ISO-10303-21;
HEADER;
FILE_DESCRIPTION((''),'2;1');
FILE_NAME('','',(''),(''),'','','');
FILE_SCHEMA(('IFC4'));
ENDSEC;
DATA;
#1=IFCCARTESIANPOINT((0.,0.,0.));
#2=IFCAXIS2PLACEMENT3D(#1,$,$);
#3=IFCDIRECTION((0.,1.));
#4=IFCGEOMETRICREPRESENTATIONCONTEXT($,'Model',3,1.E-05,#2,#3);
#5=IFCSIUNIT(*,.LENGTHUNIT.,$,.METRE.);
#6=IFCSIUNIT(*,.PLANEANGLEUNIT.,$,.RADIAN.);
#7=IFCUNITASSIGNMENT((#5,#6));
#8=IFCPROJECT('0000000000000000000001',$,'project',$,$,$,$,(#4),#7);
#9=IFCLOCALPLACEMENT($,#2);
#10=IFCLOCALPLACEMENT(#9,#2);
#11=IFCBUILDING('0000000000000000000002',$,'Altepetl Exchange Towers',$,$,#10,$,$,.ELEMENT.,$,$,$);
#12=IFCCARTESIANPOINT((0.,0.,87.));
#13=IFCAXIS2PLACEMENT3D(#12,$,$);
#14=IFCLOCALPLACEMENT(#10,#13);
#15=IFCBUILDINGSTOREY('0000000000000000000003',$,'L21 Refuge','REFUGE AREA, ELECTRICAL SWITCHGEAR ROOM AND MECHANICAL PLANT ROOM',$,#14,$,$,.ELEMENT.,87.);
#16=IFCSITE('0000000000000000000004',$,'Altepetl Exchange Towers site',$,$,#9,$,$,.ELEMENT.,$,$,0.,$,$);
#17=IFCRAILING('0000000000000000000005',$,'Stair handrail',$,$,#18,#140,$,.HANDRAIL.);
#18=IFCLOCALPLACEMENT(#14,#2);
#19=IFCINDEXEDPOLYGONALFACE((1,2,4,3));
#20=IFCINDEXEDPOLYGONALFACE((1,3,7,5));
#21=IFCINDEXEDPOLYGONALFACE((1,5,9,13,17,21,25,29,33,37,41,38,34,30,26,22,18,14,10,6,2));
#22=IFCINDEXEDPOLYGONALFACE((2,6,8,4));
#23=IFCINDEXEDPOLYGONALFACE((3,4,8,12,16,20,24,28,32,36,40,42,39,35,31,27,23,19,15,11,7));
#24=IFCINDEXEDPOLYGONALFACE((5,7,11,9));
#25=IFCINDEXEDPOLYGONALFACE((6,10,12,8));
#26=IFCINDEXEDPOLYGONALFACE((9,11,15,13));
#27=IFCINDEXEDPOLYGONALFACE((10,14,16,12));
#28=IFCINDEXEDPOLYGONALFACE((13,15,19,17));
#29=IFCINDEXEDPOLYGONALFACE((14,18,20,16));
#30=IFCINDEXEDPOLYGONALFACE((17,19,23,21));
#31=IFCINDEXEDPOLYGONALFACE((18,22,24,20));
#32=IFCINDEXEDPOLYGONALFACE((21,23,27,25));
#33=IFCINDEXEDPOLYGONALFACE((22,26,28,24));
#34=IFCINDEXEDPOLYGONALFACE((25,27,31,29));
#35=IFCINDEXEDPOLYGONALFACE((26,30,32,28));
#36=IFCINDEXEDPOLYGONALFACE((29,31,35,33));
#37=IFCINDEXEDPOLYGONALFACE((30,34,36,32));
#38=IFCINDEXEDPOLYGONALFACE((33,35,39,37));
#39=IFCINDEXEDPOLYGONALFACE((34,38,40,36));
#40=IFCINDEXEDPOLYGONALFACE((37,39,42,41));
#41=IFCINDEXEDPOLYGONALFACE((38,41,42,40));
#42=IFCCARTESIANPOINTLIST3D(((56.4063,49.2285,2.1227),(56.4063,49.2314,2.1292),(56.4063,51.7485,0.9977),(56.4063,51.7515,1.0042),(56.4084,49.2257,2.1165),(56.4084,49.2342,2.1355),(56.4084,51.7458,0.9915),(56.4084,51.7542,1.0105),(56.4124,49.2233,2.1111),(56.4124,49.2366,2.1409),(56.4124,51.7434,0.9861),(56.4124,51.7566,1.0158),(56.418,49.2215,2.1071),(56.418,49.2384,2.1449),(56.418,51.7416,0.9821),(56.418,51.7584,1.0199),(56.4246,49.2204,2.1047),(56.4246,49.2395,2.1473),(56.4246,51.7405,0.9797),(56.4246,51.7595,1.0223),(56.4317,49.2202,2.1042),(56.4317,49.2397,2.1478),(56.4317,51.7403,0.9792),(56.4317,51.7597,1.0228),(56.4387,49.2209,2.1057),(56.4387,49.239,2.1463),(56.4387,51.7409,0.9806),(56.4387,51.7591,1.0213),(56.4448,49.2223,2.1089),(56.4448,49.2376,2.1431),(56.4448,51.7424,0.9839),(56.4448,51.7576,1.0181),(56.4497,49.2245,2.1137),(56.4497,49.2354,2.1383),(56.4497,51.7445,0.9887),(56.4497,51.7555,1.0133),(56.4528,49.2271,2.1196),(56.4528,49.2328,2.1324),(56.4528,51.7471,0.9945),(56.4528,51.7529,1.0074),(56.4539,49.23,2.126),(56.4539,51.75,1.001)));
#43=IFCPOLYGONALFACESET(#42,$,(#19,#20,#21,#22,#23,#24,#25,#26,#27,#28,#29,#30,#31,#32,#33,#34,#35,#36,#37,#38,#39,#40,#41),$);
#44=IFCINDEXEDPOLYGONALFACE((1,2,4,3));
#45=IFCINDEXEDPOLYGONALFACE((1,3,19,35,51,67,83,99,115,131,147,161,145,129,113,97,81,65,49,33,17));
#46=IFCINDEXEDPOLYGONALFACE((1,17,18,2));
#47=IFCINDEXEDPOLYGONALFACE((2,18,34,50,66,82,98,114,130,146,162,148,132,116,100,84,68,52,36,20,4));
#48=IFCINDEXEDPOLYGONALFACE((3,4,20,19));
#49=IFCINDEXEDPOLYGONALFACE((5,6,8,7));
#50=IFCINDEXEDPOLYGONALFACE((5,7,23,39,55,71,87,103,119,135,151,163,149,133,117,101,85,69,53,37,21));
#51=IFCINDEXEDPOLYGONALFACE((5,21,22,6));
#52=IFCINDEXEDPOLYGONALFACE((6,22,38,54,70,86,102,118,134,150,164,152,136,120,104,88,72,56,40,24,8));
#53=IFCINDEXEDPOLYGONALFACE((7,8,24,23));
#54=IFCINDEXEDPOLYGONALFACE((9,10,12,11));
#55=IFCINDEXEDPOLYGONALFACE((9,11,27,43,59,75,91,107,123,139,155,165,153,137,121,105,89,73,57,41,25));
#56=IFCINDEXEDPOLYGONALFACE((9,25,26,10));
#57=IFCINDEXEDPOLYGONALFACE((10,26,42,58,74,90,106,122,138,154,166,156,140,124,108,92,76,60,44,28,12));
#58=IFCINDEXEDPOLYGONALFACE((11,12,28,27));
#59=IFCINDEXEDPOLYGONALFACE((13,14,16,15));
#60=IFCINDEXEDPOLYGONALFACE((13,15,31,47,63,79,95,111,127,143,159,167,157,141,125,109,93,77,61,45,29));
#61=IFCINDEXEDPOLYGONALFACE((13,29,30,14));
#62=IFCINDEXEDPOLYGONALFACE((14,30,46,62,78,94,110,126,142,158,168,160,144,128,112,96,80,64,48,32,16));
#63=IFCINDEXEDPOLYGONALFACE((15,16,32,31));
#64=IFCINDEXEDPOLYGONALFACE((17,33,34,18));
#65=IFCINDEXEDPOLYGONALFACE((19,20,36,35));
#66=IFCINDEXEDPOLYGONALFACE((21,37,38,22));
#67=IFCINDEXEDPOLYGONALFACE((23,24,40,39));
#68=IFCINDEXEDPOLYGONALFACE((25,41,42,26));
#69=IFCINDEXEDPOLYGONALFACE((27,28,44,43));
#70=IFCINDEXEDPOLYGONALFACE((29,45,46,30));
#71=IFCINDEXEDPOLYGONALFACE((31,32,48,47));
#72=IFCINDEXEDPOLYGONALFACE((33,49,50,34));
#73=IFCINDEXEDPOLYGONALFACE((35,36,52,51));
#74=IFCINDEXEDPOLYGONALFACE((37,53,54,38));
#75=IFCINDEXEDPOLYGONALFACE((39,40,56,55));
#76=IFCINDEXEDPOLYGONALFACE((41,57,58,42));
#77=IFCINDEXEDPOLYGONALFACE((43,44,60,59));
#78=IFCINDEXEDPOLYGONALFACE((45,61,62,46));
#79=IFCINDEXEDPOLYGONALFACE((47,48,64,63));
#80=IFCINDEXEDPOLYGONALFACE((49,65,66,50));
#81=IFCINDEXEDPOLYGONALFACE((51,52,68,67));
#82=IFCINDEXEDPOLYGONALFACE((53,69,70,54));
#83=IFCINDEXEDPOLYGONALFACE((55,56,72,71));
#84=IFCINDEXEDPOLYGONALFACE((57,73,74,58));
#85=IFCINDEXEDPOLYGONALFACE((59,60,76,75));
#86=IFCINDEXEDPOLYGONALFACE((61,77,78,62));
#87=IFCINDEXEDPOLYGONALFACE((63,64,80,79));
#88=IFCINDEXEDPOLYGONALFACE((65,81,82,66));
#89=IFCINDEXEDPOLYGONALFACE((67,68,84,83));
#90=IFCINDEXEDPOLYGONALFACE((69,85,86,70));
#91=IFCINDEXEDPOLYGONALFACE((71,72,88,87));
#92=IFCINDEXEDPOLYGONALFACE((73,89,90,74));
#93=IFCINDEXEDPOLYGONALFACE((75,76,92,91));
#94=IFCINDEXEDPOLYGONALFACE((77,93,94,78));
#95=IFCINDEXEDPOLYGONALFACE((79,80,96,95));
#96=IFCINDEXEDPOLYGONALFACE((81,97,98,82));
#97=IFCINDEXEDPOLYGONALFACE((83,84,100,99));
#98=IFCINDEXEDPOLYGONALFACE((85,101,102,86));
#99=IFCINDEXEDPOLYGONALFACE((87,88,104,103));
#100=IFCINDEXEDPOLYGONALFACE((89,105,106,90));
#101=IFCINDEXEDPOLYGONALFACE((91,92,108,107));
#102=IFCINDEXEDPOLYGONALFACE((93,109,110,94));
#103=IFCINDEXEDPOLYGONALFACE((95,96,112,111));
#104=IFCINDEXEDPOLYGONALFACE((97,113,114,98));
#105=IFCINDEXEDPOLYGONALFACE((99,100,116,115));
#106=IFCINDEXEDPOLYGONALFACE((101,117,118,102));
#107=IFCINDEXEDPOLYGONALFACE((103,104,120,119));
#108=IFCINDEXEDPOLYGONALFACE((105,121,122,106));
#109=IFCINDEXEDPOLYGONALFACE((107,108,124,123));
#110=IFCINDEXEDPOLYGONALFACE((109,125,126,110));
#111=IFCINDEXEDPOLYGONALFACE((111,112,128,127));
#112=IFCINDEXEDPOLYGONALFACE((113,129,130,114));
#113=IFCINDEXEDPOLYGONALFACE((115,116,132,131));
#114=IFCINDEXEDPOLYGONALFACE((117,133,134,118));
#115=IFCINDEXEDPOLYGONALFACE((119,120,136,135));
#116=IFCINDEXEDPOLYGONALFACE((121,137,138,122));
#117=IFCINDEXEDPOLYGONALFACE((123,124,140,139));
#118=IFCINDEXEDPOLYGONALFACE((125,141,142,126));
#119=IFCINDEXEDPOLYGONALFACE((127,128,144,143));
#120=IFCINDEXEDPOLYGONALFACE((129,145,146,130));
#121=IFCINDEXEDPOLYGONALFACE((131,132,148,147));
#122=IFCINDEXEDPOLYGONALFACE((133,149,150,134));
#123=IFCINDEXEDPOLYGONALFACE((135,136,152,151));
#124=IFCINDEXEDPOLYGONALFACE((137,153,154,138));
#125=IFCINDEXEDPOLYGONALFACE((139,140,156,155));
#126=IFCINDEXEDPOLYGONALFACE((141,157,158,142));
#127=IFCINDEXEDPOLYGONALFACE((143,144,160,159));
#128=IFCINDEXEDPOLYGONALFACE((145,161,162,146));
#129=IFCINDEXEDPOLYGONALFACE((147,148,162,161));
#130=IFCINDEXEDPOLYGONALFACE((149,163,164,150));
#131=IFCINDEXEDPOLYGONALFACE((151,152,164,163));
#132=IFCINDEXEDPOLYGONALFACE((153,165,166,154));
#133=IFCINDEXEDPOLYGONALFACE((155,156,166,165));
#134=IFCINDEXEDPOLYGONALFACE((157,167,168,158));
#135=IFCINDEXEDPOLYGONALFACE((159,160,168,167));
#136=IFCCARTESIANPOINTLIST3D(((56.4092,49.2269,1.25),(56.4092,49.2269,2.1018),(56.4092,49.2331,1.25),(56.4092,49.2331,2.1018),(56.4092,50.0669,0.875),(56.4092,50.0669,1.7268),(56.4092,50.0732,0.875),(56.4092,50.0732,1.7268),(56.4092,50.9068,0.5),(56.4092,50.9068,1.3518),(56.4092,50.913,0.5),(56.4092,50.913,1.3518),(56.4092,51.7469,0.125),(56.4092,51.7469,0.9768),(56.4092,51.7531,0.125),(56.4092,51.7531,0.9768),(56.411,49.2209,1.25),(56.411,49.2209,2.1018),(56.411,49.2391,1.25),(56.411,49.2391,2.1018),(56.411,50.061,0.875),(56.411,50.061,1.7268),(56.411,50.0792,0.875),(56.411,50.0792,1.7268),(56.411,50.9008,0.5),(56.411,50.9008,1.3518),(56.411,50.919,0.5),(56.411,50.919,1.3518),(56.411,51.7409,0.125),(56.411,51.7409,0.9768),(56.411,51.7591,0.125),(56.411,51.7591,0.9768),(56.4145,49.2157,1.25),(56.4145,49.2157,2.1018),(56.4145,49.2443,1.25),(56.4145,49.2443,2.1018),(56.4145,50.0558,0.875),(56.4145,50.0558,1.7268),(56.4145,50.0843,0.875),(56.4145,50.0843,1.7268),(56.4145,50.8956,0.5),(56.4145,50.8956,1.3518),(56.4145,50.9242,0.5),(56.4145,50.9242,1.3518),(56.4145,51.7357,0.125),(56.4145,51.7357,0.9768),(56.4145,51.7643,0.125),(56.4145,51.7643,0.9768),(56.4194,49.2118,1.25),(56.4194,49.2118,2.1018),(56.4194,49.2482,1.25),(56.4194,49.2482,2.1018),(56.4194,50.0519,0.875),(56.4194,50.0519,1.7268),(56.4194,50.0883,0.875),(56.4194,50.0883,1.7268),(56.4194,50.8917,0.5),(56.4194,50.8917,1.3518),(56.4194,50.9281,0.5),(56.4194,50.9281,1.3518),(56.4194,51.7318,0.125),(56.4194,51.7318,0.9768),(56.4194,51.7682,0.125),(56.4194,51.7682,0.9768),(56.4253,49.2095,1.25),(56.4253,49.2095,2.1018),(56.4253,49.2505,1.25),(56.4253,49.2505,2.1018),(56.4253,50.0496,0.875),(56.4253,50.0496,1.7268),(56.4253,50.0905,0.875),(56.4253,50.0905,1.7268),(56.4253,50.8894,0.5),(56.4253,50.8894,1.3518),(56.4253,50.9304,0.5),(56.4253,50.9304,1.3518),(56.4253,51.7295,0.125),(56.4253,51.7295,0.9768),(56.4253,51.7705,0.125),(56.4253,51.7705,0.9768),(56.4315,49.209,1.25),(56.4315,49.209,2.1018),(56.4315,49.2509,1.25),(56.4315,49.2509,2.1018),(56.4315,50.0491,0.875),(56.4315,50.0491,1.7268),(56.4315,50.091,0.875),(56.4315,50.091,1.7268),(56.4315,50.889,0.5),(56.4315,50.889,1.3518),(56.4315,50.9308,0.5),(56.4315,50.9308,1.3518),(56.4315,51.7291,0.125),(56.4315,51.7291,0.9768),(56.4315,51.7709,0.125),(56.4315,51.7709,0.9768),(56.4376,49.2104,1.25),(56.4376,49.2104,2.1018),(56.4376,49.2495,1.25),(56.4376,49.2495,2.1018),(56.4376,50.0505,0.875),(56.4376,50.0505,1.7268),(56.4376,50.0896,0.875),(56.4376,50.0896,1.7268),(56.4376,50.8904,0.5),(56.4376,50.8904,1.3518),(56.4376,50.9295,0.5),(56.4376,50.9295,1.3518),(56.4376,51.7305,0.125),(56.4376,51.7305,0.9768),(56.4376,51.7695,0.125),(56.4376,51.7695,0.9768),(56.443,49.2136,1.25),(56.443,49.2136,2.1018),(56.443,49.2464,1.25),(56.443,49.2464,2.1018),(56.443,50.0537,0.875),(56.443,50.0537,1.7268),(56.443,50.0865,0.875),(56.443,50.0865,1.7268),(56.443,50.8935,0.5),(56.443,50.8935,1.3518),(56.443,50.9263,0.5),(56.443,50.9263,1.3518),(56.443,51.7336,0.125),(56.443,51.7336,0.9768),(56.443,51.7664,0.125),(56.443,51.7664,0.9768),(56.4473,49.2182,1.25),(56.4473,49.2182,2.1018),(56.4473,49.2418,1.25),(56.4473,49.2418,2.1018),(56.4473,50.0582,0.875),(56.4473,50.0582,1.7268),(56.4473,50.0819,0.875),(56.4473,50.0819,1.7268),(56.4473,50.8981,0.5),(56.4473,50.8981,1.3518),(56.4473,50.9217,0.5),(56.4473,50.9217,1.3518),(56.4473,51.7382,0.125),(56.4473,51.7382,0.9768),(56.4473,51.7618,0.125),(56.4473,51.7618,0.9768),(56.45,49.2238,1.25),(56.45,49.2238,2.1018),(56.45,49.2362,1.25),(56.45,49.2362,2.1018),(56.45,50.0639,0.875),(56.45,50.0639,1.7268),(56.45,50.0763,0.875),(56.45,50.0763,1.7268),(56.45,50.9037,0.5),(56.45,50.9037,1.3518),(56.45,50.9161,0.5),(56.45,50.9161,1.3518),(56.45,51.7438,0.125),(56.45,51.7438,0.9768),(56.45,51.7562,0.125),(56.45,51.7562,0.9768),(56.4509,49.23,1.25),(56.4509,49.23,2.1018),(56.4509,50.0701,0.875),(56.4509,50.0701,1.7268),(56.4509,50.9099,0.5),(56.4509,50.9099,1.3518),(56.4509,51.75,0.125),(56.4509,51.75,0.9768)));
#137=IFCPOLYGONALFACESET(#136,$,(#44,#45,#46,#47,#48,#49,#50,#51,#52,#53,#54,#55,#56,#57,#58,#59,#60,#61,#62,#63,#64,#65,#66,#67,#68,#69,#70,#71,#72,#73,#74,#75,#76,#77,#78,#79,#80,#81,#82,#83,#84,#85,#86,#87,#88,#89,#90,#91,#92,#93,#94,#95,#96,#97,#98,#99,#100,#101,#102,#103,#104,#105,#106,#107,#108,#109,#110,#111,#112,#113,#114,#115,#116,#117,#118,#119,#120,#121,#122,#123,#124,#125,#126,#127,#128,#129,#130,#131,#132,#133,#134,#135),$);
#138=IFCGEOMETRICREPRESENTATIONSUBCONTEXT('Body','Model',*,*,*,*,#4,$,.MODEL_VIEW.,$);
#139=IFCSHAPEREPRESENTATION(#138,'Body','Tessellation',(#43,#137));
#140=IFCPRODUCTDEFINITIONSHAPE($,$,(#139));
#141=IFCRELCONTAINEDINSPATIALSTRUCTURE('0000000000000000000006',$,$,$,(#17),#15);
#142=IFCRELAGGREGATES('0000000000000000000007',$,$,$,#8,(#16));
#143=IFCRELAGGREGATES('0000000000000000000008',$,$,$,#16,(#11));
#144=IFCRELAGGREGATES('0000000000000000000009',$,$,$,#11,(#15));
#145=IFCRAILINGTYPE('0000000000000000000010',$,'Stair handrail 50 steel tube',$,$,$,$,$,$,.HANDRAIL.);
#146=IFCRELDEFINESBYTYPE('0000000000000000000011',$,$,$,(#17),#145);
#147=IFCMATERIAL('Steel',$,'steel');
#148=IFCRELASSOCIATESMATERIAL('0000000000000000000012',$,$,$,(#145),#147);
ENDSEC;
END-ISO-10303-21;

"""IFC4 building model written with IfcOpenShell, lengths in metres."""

from ifc_helpers import new_model, si_unit, direction, frame, origin, origin_2d, place, context, subcontext, project, spatial, circle, extrude, source, transform, mapped, material, type_object, element, save


model = new_model("IFC4")

# Units and contexts
model_context = context("Model", 3, precision=1e-05, world=origin(), true_north=direction((0.0, 1.0)))
body_context = subcontext(model_context, "Body", "Model", "MODEL_VIEW")
ifc_project = project(units=[si_unit("LENGTHUNIT", "METRE"), si_unit("PLANEANGLEUNIT", "RADIAN")], contexts=[model_context])

# Site, building, storey
site_placement = place(None, origin())
site = spatial("IfcSite", under=ifc_project, at=site_placement, Name="Altepetl Exchange Towers site", CompositionType="ELEMENT", RefElevation=0.0)
building_placement = place(site_placement, origin())
building = spatial("IfcBuilding", under=site, at=building_placement, Name="Altepetl Exchange Towers", CompositionType="ELEMENT")
storey_placement = place(building_placement, frame((0.0, 0.0, 87.0)))
storey = spatial("IfcBuildingStorey", under=building, at=storey_placement, Name="L21 Refuge", Description="REFUGE AREA, ELECTRICAL SWITCHGEAR ROOM AND MECHANICAL PLANT ROOM", CompositionType="ELEMENT", Elevation=87.0)

# Railing
ifc_material_1 = material(Name="Steel", Category="steel")
railing_type = type_object("IfcRailingType", Name="Stair handrail 50 steel tube", PredefinedType="HANDRAIL", material=ifc_material_1)
shared_shape = source(origin(), body_context, "Body", "SweptSolid", [
    extrude(circle(Radius=0.021, at=origin_2d()), origin(), (0.0, 0.0, 1.0), 0.8518),
])
for number, where, name in (
    (1, (56.4299, 51.75, 0.125), "Stair handrail"),
):
    element("IfcRailing", number, at=place(storey_placement, frame(where)), inside=storey, type_object=railing_type, Name=name, PredefinedType="HANDRAIL", context=body_context, shape_type="SweptSolid", body=[
        extrude(circle(Radius=0.0239, at=origin_2d()), frame((0.0, 0.0, 0.876), z_axis=(0.0, -0.913139, 0.407648), x_axis=(1.0, 0.0, 0.0)), (0.0, 0.0, 1.0), 2.7598),
        mapped(shared_shape, transform((0.0, 0.0, 0.0))),
        mapped(shared_shape, transform((0.0, -0.8401, 0.375))),
        mapped(shared_shape, transform((0.0, -1.6799, 0.75))),
        mapped(shared_shape, transform((0.0, -2.52, 1.125))),
    ])

save(model, "model.ifc")
